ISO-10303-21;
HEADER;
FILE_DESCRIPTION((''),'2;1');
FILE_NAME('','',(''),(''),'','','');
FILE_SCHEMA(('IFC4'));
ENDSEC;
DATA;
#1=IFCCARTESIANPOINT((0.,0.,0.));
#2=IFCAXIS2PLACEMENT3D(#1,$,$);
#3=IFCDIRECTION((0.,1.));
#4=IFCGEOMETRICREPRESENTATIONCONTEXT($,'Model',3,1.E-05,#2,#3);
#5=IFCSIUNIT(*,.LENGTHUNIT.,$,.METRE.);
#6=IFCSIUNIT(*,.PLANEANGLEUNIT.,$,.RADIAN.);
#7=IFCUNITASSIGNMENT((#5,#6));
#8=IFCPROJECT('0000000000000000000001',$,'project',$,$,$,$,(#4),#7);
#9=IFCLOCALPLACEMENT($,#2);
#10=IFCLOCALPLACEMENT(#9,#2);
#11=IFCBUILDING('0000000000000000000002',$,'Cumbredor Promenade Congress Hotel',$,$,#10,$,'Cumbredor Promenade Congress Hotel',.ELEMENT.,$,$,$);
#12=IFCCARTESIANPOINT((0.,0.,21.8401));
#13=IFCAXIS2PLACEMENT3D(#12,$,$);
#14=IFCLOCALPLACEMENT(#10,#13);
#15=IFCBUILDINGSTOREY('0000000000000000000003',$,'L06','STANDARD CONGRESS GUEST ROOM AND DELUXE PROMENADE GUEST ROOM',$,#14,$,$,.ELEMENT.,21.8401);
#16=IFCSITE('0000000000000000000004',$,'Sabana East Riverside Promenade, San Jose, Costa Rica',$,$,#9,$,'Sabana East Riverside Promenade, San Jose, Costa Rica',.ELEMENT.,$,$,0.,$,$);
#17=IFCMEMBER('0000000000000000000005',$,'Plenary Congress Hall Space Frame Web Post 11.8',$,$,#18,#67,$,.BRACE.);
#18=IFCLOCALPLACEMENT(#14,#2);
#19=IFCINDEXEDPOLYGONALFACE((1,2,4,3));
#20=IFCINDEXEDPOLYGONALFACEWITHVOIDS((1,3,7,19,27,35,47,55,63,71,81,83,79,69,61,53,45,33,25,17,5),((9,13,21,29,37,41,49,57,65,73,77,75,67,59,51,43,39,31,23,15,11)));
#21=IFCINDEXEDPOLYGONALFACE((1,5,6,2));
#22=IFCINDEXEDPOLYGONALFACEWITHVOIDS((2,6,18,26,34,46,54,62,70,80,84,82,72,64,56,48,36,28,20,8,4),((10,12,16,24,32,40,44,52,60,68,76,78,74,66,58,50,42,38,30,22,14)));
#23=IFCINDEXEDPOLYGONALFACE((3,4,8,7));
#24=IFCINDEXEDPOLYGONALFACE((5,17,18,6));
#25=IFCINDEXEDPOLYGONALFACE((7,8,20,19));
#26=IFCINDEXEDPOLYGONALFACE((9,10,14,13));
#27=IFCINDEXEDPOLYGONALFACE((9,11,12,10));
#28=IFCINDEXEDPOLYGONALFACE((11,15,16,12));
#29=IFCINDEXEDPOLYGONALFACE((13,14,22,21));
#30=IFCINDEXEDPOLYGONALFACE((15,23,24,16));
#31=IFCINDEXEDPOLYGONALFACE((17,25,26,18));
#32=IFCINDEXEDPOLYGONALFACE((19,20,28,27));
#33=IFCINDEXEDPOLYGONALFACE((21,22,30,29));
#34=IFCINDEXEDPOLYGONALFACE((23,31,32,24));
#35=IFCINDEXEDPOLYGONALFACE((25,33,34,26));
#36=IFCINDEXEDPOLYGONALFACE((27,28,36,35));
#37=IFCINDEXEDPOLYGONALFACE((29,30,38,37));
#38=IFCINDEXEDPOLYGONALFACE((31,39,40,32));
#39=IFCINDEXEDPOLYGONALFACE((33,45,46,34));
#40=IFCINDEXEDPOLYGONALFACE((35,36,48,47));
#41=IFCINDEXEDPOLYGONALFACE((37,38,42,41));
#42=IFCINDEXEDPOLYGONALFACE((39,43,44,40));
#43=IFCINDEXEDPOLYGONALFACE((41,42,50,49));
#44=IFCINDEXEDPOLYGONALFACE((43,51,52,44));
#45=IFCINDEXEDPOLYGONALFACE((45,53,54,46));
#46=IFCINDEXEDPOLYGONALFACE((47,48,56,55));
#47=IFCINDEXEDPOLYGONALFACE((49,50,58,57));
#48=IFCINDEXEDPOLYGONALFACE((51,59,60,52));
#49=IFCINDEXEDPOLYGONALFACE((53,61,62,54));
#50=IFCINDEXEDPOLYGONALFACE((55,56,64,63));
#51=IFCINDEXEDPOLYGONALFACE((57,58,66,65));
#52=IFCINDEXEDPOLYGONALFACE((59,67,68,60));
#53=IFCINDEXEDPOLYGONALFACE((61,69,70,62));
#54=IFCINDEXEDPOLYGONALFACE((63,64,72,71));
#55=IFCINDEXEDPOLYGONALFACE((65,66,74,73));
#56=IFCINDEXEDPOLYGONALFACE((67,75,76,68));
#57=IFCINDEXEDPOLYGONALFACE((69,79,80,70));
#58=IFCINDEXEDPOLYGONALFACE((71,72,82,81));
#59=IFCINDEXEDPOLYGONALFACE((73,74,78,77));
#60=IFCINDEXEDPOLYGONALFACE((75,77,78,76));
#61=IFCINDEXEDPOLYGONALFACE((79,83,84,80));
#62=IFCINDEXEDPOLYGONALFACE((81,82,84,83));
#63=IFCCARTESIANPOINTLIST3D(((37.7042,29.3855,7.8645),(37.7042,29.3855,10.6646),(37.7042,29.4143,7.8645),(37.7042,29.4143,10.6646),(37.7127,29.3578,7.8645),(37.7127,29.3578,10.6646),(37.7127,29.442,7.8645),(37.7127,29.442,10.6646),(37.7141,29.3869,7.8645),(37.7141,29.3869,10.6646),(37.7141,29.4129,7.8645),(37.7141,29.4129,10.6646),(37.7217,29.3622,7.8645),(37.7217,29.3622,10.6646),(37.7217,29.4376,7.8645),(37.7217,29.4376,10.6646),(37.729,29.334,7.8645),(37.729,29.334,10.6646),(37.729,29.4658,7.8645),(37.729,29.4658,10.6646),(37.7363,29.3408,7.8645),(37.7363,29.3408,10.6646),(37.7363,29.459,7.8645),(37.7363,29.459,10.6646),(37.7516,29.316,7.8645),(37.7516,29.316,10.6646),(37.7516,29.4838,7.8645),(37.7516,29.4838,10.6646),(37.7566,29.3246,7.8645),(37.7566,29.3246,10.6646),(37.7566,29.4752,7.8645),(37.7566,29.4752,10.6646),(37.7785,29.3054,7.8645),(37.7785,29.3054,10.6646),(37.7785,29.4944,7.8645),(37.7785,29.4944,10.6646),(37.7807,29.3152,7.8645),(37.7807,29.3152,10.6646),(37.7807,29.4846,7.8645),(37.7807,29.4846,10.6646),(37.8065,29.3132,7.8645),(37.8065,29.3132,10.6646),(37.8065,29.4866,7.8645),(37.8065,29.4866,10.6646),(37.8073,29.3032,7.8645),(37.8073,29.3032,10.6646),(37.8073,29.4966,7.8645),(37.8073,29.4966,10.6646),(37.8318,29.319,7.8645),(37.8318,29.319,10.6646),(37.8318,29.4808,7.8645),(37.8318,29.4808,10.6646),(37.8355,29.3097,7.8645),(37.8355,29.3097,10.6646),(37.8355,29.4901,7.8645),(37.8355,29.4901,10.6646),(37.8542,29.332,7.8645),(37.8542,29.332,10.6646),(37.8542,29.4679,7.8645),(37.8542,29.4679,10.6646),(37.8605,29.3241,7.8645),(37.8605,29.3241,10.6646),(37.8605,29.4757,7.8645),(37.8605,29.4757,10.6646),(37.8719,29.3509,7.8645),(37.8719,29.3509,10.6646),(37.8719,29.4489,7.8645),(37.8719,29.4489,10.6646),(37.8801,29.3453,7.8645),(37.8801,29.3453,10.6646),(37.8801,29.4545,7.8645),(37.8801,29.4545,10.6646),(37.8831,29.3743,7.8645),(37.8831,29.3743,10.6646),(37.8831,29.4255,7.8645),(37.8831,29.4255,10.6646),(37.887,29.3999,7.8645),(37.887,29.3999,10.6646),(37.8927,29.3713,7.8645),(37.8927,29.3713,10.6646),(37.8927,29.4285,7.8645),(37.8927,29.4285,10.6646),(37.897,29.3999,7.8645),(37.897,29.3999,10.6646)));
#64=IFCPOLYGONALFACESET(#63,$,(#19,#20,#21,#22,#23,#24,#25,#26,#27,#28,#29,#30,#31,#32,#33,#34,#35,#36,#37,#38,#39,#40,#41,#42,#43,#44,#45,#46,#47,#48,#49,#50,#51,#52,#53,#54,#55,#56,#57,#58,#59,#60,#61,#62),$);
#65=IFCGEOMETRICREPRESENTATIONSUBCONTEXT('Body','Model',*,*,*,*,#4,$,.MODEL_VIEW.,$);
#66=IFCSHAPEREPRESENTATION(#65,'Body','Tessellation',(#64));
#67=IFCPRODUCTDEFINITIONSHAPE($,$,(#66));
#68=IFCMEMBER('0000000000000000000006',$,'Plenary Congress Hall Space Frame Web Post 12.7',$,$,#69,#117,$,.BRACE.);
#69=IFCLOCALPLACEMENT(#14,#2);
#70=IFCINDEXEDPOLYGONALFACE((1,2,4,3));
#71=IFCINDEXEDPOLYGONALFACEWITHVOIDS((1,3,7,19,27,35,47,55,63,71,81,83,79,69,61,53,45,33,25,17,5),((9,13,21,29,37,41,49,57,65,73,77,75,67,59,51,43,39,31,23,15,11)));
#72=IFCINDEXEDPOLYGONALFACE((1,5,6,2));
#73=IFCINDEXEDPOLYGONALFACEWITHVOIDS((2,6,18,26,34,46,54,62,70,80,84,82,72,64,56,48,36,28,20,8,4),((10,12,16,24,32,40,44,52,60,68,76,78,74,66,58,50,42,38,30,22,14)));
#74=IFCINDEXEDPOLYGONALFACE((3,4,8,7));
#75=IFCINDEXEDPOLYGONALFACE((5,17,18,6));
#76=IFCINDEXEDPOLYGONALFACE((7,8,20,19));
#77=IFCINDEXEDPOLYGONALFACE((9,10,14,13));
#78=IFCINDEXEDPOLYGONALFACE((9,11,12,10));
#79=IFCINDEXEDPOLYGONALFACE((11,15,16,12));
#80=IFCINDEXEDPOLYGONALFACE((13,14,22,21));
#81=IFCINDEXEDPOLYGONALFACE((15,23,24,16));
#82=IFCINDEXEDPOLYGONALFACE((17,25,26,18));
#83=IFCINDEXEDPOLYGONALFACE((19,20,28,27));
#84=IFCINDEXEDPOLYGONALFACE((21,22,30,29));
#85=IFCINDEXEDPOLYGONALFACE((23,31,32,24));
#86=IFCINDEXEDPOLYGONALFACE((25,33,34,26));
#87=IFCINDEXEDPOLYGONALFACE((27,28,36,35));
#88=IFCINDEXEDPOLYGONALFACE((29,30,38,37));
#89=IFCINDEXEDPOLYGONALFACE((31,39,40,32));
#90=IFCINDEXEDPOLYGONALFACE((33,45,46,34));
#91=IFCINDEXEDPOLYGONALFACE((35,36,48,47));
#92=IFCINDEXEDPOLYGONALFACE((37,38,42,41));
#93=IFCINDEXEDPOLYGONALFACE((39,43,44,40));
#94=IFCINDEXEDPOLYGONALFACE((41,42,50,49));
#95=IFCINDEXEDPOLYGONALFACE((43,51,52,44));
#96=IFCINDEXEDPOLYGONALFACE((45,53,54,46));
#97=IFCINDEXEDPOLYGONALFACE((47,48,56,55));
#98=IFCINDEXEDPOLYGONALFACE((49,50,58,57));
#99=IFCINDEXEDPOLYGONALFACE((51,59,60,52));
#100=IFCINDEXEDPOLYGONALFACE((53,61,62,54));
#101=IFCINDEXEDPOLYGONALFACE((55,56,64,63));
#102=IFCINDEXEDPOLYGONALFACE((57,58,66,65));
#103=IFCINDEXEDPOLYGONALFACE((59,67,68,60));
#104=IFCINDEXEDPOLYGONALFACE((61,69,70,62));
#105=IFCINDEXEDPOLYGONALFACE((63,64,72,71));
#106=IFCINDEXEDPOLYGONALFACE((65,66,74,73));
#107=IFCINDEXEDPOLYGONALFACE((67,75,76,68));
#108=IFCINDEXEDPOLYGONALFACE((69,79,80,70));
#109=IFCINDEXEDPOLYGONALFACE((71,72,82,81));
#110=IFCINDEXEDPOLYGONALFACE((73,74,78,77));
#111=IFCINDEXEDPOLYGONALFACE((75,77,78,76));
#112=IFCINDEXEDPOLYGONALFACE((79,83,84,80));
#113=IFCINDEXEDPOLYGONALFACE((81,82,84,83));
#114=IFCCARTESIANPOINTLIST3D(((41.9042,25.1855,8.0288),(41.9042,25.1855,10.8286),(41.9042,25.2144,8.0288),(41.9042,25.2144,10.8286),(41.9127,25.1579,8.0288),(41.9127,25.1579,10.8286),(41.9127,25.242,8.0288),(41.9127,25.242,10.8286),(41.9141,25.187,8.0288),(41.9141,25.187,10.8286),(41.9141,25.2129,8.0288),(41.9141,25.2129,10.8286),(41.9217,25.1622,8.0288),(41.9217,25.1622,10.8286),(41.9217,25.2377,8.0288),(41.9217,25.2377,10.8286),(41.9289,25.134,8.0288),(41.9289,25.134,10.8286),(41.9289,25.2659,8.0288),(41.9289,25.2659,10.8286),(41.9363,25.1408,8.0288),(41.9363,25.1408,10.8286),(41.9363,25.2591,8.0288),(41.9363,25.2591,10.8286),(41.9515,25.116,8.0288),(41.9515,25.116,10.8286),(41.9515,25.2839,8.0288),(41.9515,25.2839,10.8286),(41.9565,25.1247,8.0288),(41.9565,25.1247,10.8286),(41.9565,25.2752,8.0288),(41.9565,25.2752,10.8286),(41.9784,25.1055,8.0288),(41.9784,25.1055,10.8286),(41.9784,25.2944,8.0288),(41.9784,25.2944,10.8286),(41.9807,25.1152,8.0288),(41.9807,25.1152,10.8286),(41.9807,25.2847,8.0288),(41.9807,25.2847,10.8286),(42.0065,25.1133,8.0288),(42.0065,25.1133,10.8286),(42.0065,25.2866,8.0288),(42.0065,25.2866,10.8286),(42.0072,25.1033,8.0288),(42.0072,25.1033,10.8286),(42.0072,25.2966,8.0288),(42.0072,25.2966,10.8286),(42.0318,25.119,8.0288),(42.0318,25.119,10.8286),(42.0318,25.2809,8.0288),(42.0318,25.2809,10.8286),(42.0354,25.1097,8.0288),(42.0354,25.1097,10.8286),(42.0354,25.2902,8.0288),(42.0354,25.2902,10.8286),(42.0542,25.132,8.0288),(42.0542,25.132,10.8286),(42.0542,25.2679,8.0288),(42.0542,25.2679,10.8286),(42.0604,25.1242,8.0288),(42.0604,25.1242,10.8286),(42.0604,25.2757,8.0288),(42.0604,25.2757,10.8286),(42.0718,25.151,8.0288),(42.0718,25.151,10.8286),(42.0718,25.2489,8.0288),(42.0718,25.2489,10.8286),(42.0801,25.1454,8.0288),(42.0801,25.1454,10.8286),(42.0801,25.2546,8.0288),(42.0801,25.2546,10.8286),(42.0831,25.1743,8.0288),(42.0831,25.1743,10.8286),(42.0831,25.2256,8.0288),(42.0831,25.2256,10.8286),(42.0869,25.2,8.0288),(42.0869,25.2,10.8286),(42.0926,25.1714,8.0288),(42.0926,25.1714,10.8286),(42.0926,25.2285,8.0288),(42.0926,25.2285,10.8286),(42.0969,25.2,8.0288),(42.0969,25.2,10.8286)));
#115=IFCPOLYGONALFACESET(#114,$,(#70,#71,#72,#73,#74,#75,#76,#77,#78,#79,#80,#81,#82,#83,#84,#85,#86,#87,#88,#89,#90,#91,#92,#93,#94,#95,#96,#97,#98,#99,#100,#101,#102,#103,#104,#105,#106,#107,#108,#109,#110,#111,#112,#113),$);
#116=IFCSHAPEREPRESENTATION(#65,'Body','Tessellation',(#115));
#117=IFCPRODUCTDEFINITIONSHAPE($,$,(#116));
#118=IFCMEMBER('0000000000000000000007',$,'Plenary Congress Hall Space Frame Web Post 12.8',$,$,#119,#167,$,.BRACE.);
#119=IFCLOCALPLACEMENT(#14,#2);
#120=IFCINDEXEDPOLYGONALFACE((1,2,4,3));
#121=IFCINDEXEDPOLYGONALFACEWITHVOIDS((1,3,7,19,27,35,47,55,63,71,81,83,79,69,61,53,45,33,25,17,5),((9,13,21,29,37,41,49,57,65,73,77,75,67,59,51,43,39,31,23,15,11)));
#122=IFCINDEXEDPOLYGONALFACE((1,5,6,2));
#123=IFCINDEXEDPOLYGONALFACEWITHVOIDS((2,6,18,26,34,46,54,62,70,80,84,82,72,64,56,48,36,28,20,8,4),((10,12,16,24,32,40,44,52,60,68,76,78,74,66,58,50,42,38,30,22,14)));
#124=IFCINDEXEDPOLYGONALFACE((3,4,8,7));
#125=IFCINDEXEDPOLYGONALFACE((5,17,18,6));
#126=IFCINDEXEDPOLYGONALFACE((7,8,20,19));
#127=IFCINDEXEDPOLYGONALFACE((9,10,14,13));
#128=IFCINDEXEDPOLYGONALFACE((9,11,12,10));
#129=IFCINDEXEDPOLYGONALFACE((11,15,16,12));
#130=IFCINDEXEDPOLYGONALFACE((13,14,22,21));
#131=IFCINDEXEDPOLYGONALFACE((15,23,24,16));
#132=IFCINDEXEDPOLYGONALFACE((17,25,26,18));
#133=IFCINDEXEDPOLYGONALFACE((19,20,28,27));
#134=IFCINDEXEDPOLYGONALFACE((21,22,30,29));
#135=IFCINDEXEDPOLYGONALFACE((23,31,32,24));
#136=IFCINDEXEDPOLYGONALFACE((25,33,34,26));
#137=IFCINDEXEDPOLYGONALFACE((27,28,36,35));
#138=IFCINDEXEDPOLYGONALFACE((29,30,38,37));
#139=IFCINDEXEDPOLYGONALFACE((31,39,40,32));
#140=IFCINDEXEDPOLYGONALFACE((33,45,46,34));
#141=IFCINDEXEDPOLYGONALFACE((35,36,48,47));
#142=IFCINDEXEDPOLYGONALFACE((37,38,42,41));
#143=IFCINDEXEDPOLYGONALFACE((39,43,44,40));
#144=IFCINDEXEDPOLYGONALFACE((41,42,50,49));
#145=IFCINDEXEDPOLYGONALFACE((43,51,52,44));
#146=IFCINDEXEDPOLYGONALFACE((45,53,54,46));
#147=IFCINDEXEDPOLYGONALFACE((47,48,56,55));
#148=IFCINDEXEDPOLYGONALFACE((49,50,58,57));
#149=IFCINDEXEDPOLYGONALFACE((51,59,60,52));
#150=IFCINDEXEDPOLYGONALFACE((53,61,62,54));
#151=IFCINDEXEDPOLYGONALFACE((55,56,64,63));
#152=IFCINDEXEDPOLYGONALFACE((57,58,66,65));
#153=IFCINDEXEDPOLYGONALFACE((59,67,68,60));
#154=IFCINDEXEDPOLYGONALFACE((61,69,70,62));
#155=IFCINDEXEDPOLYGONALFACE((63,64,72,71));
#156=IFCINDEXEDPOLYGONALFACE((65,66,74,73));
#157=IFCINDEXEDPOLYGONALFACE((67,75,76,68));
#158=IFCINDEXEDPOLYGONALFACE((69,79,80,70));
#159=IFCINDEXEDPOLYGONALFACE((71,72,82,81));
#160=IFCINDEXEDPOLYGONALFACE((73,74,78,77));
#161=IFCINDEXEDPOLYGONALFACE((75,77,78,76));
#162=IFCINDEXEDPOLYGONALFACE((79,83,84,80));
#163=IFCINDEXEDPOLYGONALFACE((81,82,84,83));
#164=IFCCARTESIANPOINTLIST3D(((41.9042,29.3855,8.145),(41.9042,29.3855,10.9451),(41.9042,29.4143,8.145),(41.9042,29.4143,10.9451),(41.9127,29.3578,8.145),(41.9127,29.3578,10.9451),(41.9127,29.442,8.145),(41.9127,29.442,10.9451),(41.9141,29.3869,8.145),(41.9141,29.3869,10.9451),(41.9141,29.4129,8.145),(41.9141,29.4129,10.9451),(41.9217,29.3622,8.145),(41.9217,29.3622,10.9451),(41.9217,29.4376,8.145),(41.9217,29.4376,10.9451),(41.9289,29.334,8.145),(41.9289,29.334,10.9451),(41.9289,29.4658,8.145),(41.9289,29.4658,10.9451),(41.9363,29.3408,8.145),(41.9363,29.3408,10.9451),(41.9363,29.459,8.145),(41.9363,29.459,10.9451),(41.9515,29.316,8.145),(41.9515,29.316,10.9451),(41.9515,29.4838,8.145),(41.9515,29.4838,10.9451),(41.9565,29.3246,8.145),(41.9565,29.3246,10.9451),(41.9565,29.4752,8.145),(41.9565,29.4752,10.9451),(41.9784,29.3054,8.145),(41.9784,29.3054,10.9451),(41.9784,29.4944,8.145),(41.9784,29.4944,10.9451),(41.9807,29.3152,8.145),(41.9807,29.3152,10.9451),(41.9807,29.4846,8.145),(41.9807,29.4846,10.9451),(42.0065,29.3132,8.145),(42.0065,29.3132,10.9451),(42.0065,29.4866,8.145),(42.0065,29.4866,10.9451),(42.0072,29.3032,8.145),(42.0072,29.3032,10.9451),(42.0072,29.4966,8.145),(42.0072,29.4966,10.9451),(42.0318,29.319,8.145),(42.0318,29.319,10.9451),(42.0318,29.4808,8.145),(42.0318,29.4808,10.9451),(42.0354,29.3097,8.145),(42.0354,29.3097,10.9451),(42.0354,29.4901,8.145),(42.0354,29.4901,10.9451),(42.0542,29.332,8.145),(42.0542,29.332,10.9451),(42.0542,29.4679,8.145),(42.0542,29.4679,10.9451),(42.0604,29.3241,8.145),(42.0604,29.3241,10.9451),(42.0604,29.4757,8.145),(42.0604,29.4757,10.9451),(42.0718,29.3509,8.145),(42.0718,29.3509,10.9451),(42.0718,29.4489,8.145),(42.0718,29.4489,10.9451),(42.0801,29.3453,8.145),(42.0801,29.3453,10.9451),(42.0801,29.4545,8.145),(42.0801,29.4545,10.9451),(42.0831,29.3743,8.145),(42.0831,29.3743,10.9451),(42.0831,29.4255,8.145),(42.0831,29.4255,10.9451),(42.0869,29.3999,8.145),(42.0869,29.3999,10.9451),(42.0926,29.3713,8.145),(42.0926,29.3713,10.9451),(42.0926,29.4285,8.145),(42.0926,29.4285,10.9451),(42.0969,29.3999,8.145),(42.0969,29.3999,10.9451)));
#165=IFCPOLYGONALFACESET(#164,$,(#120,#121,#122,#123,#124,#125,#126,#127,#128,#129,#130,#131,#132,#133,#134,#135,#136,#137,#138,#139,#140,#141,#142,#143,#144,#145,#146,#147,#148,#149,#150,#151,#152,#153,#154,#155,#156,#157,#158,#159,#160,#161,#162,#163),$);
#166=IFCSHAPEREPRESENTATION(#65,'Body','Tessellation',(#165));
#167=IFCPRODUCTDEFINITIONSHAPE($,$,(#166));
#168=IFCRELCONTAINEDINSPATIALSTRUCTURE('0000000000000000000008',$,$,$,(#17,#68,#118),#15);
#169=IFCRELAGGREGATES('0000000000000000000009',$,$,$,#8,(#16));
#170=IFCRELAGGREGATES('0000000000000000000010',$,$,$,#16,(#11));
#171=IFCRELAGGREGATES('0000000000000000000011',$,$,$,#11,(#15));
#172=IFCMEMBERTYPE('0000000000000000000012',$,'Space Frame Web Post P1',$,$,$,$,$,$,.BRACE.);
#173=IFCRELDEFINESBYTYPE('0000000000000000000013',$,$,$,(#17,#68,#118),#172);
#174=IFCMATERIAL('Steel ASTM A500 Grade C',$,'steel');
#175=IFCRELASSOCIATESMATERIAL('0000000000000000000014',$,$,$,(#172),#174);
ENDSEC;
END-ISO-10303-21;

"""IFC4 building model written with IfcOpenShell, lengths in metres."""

from ifc_helpers import new_model, si_unit, direction, frame, origin, origin_2d, place, context, subcontext, project, spatial, hollow_circle, extrude, material, material_profile, profile_set, type_object, element, save


model = new_model("IFC4")

# Units and contexts
model_context = context("Model", 3, precision=1e-05, world=origin(), true_north=direction((0.0, 1.0)))
body_context = subcontext(model_context, "Body", "Model", "MODEL_VIEW")
ifc_project = project(units=[si_unit("LENGTHUNIT", "METRE"), si_unit("PLANEANGLEUNIT", "RADIAN")], contexts=[model_context])

# Site, building, storey
site_placement = place(None, origin())
site = spatial("IfcSite", under=ifc_project, at=site_placement, Name="Sabana East Riverside Promenade, San Jose, Costa Rica", LongName="Sabana East Riverside Promenade, San Jose, Costa Rica", CompositionType="ELEMENT", RefElevation=0.0)
building_placement = place(site_placement, origin())
building = spatial("IfcBuilding", under=site, at=building_placement, Name="Cumbredor Promenade Congress Hotel", LongName="Cumbredor Promenade Congress Hotel", CompositionType="ELEMENT")
storey_placement = place(building_placement, frame((0.0, 0.0, 21.8401)))
storey = spatial("IfcBuildingStorey", under=building, at=storey_placement, Name="L06", Description="STANDARD CONGRESS GUEST ROOM AND DELUXE PROMENADE GUEST ROOM", CompositionType="ELEMENT", Elevation=21.8401)

# Members
ifc_material_1 = material(Name="Steel ASTM A500 Grade C", Category="steel")
ifc_material_profile_1 = material_profile(ifc_material_1, hollow_circle(Radius=0.0969, WallThickness=0.01, at=origin_2d()), Name="CHS 193.7x10")
ifc_profile_set_1 = profile_set([ifc_material_profile_1], Name="Steel ASTM A500 Grade C")
member_type_1 = type_object("IfcMemberType", Name="Space Frame Web Post P1", PredefinedType="BRACE", material=ifc_profile_set_1)
for number, where, z_axis, x_axis, name in (
    (1, (37.8, 29.3999, 7.8645), (0.0, 0.0, 1.0), (1.0, 0.0, 0.0), "Plenary Congress Hall Space Frame Web Post 11.8"),
):
    element("IfcMember", number, at=place(storey_placement, frame(where, z_axis=z_axis, x_axis=x_axis)), inside=storey, type_object=member_type_1, Name=name, PredefinedType="BRACE", context=body_context, shape_type="SweptSolid", body=[
        extrude(hollow_circle(Radius=0.0969, WallThickness=0.01, at=origin_2d()), origin(), (0.0, 0.0, 1.0), 2.8),
    ])
member_1_placement = place(storey_placement, frame((42.0, 25.2, 8.0288), z_axis=(0.0, 0.0, 1.0), x_axis=(1.0, 0.0, 0.0)))
element("IfcMember", 2, at=member_1_placement, inside=storey, type_object=member_type_1, Name="Plenary Congress Hall Space Frame Web Post 12.7", PredefinedType="BRACE", context=body_context, shape_type="SweptSolid", body=[
    extrude(hollow_circle(Radius=0.0969, WallThickness=0.01, at=origin_2d()), origin(), (0.0, 0.0, 1.0), 2.7998),
])
member_2_placement = place(storey_placement, frame((42.0, 29.3999, 8.145), z_axis=(0.0, 0.0, 1.0), x_axis=(1.0, 0.0, 0.0)))
element("IfcMember", 3, at=member_2_placement, inside=storey, type_object=member_type_1, Name="Plenary Congress Hall Space Frame Web Post 12.8", PredefinedType="BRACE", context=body_context, shape_type="SweptSolid", body=[
    extrude(hollow_circle(Radius=0.0969, WallThickness=0.01, at=origin_2d()), origin(), (0.0, 0.0, 1.0), 2.8),
])

save(model, "model.ifc")
